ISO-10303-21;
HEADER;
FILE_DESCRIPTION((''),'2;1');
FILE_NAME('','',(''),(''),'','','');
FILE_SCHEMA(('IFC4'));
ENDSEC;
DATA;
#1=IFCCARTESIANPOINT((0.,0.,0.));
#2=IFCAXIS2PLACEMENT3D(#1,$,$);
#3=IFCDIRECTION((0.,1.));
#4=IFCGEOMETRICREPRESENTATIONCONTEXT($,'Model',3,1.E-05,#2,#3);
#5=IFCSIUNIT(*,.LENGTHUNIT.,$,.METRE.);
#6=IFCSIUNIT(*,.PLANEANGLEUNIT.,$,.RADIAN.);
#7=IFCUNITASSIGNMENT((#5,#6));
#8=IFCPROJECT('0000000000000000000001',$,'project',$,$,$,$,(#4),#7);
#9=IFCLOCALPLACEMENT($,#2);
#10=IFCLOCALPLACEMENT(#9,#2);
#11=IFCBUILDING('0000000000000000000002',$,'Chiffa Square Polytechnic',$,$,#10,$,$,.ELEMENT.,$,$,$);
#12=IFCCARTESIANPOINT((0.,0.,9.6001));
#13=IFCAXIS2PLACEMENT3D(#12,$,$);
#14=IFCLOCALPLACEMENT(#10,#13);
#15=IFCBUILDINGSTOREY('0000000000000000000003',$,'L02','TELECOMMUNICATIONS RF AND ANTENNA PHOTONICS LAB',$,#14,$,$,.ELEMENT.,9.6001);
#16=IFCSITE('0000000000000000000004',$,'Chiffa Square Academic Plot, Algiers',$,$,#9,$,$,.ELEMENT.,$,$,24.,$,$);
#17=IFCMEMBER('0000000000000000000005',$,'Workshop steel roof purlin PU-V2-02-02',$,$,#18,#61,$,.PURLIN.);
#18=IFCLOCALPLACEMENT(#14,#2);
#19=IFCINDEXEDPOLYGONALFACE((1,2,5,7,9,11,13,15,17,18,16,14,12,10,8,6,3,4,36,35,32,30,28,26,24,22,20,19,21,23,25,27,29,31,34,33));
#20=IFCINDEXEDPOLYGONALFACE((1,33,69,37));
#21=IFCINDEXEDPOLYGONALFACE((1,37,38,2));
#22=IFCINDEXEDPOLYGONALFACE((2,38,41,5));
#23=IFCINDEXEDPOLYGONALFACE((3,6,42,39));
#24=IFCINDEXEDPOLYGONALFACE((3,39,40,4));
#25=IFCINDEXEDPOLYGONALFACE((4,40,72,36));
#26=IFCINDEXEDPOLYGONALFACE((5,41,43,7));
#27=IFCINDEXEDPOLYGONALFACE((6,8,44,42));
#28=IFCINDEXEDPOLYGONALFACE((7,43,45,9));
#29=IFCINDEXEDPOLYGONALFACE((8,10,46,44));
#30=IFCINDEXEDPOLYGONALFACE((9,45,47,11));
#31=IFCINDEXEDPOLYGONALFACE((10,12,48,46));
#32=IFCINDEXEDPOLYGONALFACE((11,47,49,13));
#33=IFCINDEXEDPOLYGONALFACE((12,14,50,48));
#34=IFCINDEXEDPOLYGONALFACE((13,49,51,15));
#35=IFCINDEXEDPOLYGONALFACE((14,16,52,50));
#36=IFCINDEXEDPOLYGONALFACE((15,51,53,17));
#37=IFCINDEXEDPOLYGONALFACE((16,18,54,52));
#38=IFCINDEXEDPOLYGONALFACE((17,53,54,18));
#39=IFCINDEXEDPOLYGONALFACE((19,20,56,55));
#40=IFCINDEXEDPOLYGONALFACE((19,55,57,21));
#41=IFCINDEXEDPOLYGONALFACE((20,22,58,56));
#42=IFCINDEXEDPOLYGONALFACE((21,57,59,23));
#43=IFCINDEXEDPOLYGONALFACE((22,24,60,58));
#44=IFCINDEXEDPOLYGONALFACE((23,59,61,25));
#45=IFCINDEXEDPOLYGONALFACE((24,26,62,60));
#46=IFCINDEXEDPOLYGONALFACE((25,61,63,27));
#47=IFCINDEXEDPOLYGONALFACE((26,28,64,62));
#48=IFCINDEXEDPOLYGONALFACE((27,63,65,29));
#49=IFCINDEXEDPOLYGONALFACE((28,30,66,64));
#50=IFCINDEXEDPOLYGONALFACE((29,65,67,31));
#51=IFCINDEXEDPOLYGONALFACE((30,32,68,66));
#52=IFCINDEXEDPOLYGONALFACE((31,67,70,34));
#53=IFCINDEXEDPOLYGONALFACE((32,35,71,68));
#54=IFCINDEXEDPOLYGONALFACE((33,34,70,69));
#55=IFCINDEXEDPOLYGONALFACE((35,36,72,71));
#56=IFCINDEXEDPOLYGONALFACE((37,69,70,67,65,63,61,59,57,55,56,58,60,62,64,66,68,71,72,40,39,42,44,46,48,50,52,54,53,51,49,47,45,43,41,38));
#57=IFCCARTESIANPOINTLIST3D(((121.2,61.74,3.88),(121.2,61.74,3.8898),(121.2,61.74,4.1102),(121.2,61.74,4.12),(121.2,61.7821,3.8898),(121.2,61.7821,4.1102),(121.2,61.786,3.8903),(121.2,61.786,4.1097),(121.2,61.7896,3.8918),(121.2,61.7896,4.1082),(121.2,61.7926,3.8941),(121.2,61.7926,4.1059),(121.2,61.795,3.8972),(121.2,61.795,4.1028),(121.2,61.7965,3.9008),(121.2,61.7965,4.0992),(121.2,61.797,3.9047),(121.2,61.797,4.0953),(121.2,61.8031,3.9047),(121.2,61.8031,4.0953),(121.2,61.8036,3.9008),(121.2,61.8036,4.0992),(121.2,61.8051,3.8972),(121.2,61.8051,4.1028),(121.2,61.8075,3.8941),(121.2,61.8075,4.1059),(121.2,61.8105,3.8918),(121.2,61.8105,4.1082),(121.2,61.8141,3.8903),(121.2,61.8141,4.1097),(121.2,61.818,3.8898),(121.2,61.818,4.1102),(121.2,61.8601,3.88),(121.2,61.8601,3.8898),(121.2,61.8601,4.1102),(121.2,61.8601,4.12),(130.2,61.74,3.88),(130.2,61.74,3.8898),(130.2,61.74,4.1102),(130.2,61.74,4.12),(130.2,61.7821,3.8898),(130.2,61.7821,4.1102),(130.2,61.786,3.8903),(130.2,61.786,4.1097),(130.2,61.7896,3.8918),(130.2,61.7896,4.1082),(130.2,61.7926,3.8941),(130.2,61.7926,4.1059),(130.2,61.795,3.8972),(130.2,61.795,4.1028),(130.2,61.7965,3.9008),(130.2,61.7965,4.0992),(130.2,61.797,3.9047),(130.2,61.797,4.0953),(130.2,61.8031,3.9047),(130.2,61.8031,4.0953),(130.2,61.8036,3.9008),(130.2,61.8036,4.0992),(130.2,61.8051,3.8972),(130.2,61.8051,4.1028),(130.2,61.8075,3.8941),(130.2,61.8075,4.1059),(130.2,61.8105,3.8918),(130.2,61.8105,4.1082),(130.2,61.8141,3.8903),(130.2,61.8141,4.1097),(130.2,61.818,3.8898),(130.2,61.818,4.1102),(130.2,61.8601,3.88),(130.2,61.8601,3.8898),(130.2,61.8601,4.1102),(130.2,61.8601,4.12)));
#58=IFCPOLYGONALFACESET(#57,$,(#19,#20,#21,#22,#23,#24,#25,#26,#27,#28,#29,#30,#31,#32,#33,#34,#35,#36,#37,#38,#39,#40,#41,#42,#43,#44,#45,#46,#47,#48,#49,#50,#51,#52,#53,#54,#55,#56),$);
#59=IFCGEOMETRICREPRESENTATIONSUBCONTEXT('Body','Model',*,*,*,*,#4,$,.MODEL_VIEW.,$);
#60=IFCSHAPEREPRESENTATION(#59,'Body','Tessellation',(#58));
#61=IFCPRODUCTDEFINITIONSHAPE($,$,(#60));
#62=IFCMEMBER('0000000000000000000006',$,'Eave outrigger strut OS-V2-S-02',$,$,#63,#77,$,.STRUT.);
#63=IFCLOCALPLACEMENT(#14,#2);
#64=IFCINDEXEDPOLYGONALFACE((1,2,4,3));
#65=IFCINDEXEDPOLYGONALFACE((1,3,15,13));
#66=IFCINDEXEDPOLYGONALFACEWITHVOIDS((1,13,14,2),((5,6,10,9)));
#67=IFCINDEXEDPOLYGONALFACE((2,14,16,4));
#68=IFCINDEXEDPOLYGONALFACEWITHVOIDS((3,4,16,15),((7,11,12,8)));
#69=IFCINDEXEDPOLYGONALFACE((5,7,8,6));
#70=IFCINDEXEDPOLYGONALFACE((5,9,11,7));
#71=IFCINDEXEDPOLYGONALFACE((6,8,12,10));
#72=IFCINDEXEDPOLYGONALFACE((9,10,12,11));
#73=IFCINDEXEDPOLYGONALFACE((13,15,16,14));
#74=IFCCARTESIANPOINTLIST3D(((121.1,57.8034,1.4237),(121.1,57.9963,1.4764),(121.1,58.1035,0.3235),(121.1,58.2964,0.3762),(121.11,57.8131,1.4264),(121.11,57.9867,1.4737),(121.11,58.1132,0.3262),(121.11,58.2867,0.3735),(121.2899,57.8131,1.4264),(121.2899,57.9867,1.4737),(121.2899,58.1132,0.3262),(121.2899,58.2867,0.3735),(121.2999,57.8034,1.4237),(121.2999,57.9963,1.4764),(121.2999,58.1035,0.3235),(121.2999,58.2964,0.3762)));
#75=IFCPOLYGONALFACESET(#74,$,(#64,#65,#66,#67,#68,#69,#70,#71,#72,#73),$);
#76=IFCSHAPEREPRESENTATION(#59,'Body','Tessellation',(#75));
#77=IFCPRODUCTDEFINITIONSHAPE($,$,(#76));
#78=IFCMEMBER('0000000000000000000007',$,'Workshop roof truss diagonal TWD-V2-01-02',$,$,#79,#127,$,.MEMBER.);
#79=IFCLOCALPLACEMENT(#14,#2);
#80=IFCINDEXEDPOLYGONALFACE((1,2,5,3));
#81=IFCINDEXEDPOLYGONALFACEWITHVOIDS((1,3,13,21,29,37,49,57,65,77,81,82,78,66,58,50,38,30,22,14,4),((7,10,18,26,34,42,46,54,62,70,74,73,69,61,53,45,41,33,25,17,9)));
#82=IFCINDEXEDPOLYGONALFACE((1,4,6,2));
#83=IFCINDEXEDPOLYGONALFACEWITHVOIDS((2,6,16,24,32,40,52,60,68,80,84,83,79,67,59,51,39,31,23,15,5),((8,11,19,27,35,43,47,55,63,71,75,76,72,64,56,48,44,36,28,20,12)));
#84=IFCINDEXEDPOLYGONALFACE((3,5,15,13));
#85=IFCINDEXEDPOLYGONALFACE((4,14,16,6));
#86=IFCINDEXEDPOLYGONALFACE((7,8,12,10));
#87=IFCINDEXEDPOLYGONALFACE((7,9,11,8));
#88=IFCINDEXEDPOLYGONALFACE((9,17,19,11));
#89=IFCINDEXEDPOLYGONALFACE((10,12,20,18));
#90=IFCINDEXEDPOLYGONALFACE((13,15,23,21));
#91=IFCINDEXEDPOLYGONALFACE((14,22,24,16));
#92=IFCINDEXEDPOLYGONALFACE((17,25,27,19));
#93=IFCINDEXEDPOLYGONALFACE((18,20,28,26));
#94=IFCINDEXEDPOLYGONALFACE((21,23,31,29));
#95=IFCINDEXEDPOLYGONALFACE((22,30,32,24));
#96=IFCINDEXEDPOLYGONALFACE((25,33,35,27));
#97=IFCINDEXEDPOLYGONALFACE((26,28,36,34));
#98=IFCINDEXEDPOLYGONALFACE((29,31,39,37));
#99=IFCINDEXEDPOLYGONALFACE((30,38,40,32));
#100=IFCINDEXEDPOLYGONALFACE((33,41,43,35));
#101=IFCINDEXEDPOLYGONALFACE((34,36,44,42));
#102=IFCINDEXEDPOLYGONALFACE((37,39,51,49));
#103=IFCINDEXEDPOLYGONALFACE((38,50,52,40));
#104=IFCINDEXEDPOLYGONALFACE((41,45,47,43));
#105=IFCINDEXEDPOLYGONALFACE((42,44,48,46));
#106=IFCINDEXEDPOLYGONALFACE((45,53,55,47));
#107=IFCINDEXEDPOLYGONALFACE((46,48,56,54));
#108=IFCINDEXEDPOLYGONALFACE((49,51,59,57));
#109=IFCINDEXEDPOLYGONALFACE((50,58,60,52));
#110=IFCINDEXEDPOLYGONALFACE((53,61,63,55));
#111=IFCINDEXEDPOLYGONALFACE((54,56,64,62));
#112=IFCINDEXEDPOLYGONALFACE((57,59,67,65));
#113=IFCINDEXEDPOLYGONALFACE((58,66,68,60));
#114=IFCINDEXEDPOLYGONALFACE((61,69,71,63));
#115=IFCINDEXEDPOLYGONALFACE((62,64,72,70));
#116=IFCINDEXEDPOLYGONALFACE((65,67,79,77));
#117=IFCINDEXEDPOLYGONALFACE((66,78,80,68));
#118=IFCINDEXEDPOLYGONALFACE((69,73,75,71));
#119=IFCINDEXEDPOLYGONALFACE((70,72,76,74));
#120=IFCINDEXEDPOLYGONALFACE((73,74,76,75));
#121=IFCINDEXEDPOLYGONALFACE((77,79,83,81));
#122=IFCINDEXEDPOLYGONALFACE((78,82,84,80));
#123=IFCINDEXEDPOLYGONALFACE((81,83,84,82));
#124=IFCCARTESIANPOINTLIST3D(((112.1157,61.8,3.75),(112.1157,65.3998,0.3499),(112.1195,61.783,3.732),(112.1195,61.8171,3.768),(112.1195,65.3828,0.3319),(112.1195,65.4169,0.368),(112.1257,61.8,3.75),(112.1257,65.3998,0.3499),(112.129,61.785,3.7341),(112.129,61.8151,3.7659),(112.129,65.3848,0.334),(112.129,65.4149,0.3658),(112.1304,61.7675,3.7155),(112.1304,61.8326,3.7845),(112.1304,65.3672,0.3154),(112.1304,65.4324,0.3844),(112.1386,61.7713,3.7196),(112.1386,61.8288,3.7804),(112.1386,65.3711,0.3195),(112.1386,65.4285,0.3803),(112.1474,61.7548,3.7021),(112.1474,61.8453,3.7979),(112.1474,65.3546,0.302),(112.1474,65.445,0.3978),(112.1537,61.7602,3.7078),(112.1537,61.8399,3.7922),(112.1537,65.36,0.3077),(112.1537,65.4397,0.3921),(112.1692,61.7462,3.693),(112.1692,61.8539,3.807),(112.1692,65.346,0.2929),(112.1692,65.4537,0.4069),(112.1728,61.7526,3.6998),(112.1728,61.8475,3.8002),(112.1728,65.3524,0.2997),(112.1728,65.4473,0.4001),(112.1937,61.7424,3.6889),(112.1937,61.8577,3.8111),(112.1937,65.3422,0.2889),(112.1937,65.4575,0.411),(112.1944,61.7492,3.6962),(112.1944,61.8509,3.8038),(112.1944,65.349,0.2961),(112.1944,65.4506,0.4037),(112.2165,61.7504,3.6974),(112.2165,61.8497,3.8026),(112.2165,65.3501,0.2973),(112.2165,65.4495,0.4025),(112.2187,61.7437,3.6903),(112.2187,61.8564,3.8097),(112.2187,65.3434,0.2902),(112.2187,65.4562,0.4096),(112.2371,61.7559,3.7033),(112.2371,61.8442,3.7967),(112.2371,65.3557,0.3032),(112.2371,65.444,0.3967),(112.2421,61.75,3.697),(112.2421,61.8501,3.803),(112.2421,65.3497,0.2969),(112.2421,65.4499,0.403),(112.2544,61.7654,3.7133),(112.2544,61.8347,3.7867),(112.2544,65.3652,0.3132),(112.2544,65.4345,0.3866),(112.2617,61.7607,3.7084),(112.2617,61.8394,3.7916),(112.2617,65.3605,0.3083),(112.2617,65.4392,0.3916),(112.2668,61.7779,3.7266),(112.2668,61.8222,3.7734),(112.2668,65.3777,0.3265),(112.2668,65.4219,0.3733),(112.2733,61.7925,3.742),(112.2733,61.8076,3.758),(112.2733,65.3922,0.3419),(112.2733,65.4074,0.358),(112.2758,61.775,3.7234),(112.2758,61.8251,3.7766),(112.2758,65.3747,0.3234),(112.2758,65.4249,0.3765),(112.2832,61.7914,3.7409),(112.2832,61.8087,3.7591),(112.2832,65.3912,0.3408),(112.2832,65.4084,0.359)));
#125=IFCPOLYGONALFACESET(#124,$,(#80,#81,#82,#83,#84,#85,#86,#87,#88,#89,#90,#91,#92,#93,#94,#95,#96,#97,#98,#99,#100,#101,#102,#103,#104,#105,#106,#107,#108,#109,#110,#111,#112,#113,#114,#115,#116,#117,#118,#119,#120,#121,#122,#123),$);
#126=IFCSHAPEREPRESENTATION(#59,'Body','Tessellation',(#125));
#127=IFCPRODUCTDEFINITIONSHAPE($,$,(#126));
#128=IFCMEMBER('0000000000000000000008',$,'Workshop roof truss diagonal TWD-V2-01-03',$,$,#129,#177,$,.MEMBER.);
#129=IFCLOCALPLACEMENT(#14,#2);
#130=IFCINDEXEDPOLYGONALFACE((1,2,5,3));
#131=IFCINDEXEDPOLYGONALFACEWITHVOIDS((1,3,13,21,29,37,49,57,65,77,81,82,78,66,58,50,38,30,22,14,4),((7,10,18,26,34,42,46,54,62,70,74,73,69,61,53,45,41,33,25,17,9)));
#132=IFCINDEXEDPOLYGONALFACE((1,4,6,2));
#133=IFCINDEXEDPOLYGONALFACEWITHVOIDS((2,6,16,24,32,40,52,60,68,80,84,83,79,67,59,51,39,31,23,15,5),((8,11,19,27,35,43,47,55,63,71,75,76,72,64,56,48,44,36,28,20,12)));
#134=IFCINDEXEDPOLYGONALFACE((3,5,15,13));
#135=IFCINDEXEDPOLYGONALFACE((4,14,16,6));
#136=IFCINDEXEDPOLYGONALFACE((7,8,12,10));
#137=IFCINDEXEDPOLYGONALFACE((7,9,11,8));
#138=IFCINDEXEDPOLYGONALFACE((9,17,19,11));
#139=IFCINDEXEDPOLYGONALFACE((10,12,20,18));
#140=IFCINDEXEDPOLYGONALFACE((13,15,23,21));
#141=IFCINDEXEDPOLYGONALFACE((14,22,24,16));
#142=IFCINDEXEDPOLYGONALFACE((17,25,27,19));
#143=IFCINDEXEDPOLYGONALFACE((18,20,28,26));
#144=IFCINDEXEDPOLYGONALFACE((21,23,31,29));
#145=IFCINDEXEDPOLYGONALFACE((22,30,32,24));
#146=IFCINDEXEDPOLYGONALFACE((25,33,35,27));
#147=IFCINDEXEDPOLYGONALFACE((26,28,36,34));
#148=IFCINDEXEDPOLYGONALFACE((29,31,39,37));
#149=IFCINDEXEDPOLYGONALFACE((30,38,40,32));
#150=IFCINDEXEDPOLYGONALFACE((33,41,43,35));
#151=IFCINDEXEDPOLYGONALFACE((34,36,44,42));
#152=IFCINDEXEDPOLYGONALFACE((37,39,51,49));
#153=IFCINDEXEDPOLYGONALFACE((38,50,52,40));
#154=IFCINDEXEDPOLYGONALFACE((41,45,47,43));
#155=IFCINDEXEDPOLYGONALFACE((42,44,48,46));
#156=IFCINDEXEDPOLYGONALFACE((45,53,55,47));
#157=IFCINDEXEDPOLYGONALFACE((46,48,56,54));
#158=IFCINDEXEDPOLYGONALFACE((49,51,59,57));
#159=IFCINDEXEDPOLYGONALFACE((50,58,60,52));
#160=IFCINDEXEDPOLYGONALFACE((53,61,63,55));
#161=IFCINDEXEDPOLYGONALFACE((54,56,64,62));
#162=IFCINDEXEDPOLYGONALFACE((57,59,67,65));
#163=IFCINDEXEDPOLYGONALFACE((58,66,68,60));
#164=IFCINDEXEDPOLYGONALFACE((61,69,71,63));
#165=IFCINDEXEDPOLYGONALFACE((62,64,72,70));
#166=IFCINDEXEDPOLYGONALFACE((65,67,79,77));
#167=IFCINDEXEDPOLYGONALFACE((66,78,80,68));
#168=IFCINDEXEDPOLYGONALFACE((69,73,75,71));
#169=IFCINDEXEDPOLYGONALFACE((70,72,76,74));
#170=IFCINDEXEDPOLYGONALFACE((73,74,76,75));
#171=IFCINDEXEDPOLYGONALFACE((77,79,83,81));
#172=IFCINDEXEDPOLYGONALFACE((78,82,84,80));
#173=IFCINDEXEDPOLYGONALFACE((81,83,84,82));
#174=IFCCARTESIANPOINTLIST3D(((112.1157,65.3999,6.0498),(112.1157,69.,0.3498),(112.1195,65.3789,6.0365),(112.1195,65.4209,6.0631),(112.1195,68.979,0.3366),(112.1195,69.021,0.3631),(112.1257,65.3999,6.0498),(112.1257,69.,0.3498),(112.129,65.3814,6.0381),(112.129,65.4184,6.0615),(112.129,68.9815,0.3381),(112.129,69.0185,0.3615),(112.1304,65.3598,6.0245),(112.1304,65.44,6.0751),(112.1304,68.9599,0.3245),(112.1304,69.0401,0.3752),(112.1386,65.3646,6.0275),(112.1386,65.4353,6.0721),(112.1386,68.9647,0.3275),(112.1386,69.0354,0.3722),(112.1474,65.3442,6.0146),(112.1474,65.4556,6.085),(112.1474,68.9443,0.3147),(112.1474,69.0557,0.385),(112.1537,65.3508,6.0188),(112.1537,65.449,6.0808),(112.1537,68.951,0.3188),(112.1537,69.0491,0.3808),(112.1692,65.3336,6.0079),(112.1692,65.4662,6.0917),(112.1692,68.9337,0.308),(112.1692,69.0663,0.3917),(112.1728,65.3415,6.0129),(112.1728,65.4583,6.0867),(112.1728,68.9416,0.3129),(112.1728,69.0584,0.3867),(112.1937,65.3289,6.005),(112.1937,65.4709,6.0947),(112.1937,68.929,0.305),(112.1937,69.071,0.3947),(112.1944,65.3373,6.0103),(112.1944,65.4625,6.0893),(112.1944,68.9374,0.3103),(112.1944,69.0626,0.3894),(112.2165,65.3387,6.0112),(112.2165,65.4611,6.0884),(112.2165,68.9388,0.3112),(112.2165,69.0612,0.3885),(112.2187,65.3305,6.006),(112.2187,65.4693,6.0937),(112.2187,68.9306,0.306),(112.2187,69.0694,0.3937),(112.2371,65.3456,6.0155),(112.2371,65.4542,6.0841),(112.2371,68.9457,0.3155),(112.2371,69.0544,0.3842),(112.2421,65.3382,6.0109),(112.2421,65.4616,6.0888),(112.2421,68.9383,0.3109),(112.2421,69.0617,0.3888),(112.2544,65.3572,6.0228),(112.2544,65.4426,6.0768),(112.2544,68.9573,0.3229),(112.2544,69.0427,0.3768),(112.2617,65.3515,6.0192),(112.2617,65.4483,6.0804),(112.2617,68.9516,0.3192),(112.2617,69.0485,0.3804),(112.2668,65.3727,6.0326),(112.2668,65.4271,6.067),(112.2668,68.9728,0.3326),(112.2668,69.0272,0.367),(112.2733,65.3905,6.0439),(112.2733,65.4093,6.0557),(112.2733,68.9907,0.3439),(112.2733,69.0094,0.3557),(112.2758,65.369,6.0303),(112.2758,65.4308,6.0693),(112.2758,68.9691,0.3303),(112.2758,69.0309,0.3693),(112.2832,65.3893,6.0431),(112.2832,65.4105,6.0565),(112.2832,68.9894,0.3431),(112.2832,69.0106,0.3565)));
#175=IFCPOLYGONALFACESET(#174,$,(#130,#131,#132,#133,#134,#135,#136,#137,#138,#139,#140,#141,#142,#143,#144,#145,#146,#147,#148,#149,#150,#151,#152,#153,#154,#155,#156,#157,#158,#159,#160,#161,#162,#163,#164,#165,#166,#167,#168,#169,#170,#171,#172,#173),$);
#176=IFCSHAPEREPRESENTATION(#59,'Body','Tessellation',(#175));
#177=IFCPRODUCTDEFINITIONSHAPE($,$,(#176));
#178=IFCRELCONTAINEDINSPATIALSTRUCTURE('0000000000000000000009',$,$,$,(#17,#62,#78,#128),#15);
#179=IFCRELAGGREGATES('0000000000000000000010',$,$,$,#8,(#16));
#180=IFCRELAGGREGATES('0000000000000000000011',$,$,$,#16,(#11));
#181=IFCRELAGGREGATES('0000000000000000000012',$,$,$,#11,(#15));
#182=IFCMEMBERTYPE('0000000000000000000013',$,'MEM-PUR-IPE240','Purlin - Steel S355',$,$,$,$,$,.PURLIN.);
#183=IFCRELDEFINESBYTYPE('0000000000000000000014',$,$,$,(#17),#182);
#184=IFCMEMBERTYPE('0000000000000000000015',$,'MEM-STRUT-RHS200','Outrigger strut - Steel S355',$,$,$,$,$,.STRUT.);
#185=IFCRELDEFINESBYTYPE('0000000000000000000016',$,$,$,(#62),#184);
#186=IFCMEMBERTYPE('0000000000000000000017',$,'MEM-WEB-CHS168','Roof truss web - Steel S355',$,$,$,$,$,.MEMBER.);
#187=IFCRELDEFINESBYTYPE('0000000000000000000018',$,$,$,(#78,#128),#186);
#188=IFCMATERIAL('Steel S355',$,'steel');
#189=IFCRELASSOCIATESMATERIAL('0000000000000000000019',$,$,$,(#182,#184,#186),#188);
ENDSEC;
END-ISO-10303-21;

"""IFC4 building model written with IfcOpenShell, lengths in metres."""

from ifc_helpers import new_model, si_unit, direction, frame, origin, origin_2d, place, context, subcontext, project, spatial, hollow_rectangle, hollow_circle, i_section, extrude, material, material_profile, profile_set, type_object, element, save


model = new_model("IFC4")

# Units and contexts
model_context = context("Model", 3, precision=1e-05, world=origin(), true_north=direction((0.0, 1.0)))
body_context = subcontext(model_context, "Body", "Model", "MODEL_VIEW")
ifc_project = project(units=[si_unit("LENGTHUNIT", "METRE"), si_unit("PLANEANGLEUNIT", "RADIAN")], contexts=[model_context])

# Site, building, storey
site_placement = place(None, origin())
site = spatial("IfcSite", under=ifc_project, at=site_placement, Name="Chiffa Square Academic Plot, Algiers", CompositionType="ELEMENT", RefElevation=24.0)
building_placement = place(site_placement, origin())
building = spatial("IfcBuilding", under=site, at=building_placement, Name="Chiffa Square Polytechnic", CompositionType="ELEMENT")
storey_placement = place(building_placement, frame((0.0, 0.0, 9.6001)))
storey = spatial("IfcBuildingStorey", under=building, at=storey_placement, Name="L02", Description="TELECOMMUNICATIONS RF AND ANTENNA PHOTONICS LAB", CompositionType="ELEMENT", Elevation=9.6001)

# Shared definitions
ifc_material_1 = material(Name="Steel S355", Category="steel")

# Members
ifc_material_profile_1 = material_profile(ifc_material_1, i_section(OverallWidth=0.1201, OverallDepth=0.24, WebThickness=0.0061, FlangeThickness=0.0098, FilletRadius=0.0149, at=origin_2d()), Name="IPE 240")
ifc_profile_set_1 = profile_set([ifc_material_profile_1], Name="Steel S355")
member_type_1 = type_object("IfcMemberType", Name="MEM-PUR-IPE240", Description="Purlin - Steel S355", PredefinedType="PURLIN", material=ifc_profile_set_1)
for number, where, z_axis, x_axis, name in (
    (1, (121.2, 61.8, 4.0), (1.0, 0.0, 0.0), (0.0, 1.0, 0.0), "Workshop steel roof purlin PU-V2-02-02"),
):
    element("IfcMember", number, at=place(storey_placement, frame(where, z_axis=z_axis, x_axis=x_axis)), inside=storey, type_object=member_type_1, Name=name, PredefinedType="PURLIN", context=body_context, shape_type="SweptSolid", body=[
        extrude(i_section(OverallWidth=0.1201, OverallDepth=0.24, WebThickness=0.0061, FlangeThickness=0.0098, FilletRadius=0.0149, at=origin_2d()), origin(), (0.0, 0.0, 1.0), 9.0),
    ])
ifc_material_profile_2 = material_profile(ifc_material_1, hollow_rectangle(XDim=0.2, YDim=0.2, WallThickness=0.01, at=origin_2d()), Name="RHS 200x200x10")
ifc_profile_set_2 = profile_set([ifc_material_profile_2], Name="Steel S355")
member_type_2 = type_object("IfcMemberType", Name="MEM-STRUT-RHS200", Description="Outrigger strut - Steel S355", PredefinedType="STRUT", material=ifc_profile_set_2)
member_1_placement = place(storey_placement, frame((121.2, 58.2, 0.3499), z_axis=(0.0, -0.263136, 0.964759), x_axis=(1.0, 0.0, 0.0)))
element("IfcMember", 2, at=member_1_placement, inside=storey, type_object=member_type_2, Name="Eave outrigger strut OS-V2-S-02", PredefinedType="STRUT", context=body_context, shape_type="SweptSolid", body=[
    extrude(hollow_rectangle(XDim=0.2, YDim=0.2, WallThickness=0.01, at=origin_2d()), origin(), (0.0, 0.0, 1.0), 1.1404),
])
ifc_material_profile_3 = material_profile(ifc_material_1, hollow_circle(Radius=0.0842, WallThickness=0.01, at=origin_2d()), Name="CHS 168.3x10")
ifc_profile_set_3 = profile_set([ifc_material_profile_3], Name="Steel S355")
member_type_3 = type_object("IfcMemberType", Name="MEM-WEB-CHS168", Description="Roof truss web - Steel S355", PredefinedType="MEMBER", material=ifc_profile_set_3)
member_2_placement = place(storey_placement, frame((112.2, 61.8, 3.75), z_axis=(0.0, 0.726984, -0.686654), x_axis=(-1.0, 0.0, 0.0)))
element("IfcMember", 3, at=member_2_placement, inside=storey, type_object=member_type_3, Name="Workshop roof truss diagonal TWD-V2-01-02", PredefinedType="MEMBER", context=body_context, shape_type="SweptSolid", body=[
    extrude(hollow_circle(Radius=0.0842, WallThickness=0.01, at=origin_2d()), origin(), (0.0, 0.0, 1.0), 4.9517),
])
member_3_placement = place(storey_placement, frame((112.2, 65.3999, 6.0498), z_axis=(0.0, 0.534007, -0.84548), x_axis=(-1.0, 0.0, 0.0)))
element("IfcMember", 4, at=member_3_placement, inside=storey, type_object=member_type_3, Name="Workshop roof truss diagonal TWD-V2-01-03", PredefinedType="MEMBER", context=body_context, shape_type="SweptSolid", body=[
    extrude(hollow_circle(Radius=0.0842, WallThickness=0.01, at=origin_2d()), origin(), (0.0, 0.0, 1.0), 6.7417),
])

save(model, "model.ifc")
